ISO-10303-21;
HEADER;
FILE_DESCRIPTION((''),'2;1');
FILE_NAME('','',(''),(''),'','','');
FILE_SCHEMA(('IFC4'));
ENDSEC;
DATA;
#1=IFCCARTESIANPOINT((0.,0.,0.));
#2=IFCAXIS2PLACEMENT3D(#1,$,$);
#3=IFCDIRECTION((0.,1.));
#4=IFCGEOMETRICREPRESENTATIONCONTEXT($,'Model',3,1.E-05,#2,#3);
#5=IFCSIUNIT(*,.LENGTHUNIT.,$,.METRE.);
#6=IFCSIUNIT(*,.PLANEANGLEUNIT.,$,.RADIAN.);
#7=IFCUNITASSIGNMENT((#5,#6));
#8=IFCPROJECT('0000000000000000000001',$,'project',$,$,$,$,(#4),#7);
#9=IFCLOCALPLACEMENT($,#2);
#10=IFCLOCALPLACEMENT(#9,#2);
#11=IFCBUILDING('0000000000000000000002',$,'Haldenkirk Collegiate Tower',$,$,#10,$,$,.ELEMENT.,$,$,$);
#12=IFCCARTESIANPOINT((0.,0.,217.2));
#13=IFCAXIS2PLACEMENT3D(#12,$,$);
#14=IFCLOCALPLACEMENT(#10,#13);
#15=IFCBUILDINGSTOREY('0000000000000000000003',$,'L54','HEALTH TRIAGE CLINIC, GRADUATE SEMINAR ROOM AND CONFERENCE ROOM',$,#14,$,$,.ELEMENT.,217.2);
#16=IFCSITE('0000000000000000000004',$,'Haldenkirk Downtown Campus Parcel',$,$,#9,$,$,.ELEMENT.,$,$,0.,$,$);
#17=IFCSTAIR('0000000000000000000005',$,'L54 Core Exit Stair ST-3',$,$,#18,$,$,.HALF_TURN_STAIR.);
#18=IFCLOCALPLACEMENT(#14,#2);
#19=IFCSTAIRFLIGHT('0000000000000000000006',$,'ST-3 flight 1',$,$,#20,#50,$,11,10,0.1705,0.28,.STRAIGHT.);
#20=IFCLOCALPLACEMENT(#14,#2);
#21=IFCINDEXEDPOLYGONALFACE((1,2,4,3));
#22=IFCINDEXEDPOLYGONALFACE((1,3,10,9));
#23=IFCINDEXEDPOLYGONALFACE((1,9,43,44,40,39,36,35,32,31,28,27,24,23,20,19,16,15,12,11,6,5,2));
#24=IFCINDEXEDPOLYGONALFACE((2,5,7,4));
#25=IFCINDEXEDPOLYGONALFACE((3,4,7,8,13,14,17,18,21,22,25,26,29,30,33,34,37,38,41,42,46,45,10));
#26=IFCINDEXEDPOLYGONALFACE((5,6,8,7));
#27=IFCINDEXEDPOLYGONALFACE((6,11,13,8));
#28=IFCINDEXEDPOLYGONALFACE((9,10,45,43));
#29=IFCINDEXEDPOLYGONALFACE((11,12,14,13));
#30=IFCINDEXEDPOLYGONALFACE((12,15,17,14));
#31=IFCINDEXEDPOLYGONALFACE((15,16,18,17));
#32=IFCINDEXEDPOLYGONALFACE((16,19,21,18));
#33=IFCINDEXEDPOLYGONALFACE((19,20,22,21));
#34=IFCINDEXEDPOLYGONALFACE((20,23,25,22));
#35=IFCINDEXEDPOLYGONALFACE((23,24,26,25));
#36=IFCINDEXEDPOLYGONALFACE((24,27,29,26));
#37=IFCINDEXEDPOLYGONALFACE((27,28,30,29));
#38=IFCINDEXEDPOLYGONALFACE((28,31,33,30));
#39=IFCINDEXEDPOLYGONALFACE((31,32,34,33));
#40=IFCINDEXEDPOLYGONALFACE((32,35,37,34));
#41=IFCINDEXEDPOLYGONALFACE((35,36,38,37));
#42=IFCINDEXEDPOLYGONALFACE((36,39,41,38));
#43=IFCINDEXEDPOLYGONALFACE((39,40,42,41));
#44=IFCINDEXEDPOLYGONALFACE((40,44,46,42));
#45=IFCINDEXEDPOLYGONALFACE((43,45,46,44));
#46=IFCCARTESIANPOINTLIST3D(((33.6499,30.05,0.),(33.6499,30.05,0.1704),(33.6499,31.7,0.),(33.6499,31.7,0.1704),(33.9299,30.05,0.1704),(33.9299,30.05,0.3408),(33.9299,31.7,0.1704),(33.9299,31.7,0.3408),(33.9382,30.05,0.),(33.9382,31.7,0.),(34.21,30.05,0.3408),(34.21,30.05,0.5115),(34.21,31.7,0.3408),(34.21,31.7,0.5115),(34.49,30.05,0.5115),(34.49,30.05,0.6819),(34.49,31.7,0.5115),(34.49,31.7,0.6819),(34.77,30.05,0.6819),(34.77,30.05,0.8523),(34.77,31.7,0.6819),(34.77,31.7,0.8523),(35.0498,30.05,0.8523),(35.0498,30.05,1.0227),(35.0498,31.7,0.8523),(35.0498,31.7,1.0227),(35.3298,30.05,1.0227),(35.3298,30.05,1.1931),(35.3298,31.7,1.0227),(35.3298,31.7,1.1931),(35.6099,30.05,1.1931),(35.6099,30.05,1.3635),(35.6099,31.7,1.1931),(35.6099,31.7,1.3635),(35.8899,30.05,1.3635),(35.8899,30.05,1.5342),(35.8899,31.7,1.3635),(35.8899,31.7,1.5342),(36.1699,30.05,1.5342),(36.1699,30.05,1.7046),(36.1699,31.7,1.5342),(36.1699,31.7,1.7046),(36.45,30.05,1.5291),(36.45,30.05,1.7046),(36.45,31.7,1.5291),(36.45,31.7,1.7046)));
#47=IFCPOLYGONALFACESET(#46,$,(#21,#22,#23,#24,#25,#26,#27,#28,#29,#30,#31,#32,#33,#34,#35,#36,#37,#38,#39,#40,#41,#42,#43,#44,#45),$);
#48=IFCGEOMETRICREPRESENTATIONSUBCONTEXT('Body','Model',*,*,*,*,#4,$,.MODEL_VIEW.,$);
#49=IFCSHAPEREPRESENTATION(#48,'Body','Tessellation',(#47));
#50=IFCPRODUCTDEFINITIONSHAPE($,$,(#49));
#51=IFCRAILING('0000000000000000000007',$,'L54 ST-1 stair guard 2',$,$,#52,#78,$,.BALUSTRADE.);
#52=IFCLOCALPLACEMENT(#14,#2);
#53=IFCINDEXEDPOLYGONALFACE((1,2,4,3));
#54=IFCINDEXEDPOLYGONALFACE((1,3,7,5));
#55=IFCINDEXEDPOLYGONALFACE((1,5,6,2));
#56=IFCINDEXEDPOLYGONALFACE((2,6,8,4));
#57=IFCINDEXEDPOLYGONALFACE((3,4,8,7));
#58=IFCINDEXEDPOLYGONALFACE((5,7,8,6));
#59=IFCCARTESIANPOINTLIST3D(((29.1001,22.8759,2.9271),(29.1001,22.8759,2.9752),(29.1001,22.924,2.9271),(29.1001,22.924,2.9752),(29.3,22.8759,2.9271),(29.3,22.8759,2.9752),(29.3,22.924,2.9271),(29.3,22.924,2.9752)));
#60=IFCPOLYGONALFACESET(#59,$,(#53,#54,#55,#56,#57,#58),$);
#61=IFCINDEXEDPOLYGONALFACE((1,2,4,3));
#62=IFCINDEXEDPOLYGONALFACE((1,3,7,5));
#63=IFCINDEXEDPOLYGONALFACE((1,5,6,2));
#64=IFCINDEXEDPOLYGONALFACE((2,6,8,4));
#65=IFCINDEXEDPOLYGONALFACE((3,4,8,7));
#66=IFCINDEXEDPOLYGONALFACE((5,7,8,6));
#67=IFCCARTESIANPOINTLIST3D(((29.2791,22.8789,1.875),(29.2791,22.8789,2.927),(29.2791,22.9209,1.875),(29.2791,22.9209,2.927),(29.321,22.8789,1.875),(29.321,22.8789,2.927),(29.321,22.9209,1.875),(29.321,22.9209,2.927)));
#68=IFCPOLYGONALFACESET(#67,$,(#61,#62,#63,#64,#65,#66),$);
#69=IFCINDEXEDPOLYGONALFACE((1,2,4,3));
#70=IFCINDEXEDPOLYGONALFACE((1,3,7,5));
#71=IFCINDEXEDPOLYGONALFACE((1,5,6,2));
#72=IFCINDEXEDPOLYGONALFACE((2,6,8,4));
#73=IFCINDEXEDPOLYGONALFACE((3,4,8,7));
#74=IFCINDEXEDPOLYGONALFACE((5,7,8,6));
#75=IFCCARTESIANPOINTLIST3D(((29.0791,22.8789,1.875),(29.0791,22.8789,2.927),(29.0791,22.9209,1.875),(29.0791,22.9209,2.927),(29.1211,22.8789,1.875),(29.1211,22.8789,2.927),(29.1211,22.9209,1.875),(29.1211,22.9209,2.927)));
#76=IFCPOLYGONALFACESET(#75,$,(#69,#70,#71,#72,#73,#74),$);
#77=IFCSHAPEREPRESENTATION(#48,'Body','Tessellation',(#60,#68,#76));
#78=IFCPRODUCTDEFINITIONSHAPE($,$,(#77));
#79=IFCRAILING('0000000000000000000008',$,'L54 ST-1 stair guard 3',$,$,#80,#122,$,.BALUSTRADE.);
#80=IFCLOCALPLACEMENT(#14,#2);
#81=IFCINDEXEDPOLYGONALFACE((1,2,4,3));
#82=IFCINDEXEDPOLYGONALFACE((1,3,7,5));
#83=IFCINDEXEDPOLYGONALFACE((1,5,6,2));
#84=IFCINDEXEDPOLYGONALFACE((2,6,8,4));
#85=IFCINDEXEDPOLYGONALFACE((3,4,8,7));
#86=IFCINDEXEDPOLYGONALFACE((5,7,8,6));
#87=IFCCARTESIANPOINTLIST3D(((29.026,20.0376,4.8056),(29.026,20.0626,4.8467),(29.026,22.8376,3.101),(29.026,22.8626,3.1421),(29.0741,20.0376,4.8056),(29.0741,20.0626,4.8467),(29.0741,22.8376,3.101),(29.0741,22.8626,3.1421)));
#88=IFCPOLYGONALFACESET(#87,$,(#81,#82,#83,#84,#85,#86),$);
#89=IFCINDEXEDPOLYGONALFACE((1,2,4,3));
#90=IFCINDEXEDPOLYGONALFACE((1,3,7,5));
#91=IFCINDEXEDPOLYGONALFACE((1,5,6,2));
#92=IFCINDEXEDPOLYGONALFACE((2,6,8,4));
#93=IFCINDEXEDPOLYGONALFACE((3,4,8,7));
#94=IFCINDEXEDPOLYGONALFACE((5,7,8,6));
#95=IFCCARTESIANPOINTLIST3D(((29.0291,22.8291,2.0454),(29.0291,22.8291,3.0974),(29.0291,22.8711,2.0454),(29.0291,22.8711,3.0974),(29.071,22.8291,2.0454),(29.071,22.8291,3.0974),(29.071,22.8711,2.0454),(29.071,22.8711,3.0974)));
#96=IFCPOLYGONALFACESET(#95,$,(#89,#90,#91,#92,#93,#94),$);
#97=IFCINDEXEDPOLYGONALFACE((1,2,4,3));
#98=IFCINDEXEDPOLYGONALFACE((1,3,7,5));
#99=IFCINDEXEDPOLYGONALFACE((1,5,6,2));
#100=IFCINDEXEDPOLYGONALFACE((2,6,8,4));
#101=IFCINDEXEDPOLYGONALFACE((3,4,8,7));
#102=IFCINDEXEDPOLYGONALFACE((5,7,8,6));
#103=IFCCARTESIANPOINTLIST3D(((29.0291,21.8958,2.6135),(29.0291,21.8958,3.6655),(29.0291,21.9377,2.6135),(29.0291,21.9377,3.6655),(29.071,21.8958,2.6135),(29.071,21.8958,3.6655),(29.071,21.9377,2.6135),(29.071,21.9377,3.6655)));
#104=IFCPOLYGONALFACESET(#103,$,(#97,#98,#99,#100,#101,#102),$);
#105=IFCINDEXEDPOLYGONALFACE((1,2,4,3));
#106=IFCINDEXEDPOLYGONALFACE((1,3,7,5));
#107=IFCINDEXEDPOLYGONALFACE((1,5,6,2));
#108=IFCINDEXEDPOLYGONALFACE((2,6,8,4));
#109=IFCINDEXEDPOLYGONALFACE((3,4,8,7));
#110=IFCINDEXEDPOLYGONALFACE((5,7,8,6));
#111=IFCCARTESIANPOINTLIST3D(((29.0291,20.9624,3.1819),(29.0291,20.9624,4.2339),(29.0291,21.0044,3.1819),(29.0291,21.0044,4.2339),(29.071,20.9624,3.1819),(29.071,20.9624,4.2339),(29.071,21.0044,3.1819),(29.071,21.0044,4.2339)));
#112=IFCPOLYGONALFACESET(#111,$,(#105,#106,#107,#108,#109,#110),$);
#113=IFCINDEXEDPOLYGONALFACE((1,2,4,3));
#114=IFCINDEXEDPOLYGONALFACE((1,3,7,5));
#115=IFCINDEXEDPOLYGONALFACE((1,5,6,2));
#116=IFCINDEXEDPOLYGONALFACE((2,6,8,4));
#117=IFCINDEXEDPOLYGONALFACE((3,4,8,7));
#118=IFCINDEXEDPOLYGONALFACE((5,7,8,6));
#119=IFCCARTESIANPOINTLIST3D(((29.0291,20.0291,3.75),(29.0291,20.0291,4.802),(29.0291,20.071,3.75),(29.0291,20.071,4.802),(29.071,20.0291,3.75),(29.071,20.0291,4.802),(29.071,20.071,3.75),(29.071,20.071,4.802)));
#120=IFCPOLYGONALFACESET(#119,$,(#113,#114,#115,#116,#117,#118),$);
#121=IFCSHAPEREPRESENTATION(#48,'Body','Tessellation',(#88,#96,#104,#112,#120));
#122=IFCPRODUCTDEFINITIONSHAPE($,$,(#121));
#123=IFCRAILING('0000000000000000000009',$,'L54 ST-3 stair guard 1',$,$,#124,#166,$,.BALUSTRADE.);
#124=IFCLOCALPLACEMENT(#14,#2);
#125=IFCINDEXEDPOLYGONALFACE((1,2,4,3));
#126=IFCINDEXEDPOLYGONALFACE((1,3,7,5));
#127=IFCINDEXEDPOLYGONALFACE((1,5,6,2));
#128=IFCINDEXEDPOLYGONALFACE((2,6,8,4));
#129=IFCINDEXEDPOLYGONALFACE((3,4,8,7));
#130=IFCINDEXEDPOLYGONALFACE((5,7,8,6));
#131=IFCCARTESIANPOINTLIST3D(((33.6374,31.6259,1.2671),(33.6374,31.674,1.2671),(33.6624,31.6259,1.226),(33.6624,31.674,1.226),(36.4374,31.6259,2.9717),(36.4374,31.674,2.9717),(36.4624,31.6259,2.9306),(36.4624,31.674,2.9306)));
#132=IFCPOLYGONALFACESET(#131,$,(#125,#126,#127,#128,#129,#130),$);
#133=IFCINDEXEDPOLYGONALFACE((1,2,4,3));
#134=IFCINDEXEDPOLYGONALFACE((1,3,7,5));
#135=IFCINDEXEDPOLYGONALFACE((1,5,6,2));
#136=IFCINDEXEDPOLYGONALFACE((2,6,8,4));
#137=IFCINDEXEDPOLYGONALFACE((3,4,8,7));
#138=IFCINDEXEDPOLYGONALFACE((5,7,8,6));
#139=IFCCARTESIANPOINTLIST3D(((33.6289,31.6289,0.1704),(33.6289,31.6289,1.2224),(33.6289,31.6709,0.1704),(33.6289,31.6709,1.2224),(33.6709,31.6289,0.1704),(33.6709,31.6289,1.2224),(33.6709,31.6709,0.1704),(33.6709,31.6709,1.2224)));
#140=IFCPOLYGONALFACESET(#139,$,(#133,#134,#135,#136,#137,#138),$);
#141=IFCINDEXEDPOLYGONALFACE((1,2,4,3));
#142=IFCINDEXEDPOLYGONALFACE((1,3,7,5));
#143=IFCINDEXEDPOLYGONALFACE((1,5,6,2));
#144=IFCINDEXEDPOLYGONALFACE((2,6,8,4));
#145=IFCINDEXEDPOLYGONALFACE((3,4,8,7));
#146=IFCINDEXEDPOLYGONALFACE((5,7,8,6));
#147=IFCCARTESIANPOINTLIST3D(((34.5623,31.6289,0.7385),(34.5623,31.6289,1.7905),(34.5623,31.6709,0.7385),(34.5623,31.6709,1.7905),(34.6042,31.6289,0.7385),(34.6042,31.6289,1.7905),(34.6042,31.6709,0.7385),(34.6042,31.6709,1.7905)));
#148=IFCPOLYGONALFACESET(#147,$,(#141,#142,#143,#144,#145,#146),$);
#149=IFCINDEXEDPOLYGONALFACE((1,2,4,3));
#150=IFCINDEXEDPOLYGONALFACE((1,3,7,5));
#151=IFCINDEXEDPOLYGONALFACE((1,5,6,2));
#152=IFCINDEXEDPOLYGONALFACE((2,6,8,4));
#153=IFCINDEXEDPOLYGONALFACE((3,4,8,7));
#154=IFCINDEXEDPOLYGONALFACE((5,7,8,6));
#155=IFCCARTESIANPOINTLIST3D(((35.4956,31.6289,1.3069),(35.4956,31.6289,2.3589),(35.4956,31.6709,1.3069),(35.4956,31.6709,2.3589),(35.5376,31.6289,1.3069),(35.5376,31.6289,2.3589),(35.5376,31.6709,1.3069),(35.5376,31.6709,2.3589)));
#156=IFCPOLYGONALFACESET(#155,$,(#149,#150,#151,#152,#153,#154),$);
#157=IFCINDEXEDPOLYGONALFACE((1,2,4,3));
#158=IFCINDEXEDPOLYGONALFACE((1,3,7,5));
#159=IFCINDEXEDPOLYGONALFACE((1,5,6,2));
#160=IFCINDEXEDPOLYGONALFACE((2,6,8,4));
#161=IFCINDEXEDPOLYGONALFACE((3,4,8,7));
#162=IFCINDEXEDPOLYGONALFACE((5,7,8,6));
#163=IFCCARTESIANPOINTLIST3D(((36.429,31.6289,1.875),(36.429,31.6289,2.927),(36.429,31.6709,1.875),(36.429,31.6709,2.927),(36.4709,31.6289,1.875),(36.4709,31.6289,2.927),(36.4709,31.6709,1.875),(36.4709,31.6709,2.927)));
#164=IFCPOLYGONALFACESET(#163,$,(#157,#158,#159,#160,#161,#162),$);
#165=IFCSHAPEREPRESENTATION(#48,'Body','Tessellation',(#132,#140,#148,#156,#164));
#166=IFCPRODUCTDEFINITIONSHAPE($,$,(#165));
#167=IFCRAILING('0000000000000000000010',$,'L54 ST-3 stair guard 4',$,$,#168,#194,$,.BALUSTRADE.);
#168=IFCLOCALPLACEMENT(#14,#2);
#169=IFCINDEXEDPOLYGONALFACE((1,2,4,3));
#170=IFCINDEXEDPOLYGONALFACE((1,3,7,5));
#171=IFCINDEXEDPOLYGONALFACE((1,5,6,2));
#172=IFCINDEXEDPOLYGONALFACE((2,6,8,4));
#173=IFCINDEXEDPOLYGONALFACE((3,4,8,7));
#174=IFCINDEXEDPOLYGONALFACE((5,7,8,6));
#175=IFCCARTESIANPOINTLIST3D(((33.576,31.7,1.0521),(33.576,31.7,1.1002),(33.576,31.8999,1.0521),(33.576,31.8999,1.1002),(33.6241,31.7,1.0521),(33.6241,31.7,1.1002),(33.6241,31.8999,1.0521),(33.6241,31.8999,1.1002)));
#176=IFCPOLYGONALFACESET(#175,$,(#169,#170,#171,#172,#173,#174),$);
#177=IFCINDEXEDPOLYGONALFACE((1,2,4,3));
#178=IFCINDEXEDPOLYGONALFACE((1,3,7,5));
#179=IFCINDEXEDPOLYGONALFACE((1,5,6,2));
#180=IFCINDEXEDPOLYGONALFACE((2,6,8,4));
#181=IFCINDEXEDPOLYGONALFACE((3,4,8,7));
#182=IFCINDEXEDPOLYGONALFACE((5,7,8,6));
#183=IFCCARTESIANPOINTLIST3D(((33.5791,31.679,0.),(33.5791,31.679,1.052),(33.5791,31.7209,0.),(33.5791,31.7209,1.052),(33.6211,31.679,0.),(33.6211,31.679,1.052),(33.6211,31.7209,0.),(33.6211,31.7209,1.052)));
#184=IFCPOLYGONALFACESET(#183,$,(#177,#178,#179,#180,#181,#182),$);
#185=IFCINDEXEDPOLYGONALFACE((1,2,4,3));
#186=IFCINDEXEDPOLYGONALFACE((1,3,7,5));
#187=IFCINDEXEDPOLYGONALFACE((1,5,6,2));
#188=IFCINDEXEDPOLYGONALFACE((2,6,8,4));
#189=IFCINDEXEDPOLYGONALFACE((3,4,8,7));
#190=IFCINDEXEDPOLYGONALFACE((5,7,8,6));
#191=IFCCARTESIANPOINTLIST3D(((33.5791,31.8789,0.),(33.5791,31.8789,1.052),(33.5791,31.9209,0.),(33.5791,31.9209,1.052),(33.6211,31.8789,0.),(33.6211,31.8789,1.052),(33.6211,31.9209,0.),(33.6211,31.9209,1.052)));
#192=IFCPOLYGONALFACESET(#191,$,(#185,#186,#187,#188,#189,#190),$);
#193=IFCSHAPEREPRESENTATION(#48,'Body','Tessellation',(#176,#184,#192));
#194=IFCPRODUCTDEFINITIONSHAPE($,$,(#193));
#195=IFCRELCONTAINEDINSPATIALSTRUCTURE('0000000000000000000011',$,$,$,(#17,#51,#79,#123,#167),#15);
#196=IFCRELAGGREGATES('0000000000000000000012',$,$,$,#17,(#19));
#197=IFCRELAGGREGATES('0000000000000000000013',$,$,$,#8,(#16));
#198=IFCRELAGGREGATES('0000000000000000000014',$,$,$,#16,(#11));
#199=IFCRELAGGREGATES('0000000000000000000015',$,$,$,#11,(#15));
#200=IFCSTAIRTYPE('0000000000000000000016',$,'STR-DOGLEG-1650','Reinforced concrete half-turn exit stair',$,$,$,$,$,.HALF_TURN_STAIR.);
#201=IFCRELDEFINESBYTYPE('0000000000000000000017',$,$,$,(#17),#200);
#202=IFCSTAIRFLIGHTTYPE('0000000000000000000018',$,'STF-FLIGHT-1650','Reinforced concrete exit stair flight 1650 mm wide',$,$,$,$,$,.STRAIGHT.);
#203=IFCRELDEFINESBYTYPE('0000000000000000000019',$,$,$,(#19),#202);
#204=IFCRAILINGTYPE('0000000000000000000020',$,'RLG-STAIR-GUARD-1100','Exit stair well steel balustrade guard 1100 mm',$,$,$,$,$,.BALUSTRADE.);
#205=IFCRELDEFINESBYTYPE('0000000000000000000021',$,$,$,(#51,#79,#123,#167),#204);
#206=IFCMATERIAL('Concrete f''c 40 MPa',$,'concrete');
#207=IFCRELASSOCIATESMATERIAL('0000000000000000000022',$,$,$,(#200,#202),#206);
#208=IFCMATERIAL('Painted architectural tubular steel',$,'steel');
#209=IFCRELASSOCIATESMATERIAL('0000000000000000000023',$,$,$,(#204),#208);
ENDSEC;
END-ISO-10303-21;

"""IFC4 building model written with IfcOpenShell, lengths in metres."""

from ifc_helpers import new_model, si_unit, direction, frame, origin, origin_2d, place, context, subcontext, project, spatial, polyline, rectangle, outline, extrude, material, type_object, element, aggregate, save


model = new_model("IFC4")

# Units and contexts
model_context = context("Model", 3, precision=1e-05, world=origin(), true_north=direction((0.0, 1.0)))
body_context = subcontext(model_context, "Body", "Model", "MODEL_VIEW")
ifc_project = project(units=[si_unit("LENGTHUNIT", "METRE"), si_unit("PLANEANGLEUNIT", "RADIAN")], contexts=[model_context])

# Site, building, storey
site_placement = place(None, origin())
site = spatial("IfcSite", under=ifc_project, at=site_placement, Name="Haldenkirk Downtown Campus Parcel", CompositionType="ELEMENT", RefElevation=0.0)
building_placement = place(site_placement, origin())
building = spatial("IfcBuilding", under=site, at=building_placement, Name="Haldenkirk Collegiate Tower", CompositionType="ELEMENT")
storey_placement = place(building_placement, frame((0.0, 0.0, 217.2)))
storey = spatial("IfcBuildingStorey", under=building, at=storey_placement, Name="L54", Description="HEALTH TRIAGE CLINIC, GRADUATE SEMINAR ROOM AND CONFERENCE ROOM", CompositionType="ELEMENT", Elevation=217.2)

# Stair, stair flight
ifc_material_1 = material(Name="Concrete f'c 40 MPa", Category="concrete")
stair_type = type_object("IfcStairType", Name="STR-DOGLEG-1650", Description="Reinforced concrete half-turn exit stair", PredefinedType="HALF_TURN_STAIR", material=ifc_material_1)
stair_flight_type = type_object("IfcStairFlightType", Name="STF-FLIGHT-1650", Description="Reinforced concrete exit stair flight 1650 mm wide", PredefinedType="STRAIGHT", material=ifc_material_1)
stair_1_placement = place(storey_placement, origin())
stair_1 = element("IfcStair", 1, at=stair_1_placement, inside=storey, type_object=stair_type, Name="L54 Core Exit Stair ST-3", PredefinedType="HALF_TURN_STAIR")
stair_flight_1_placement = place(storey_placement, frame((33.6499, 30.875, 0.0), z_axis=(0.0, 0.0, 1.0), x_axis=(1.0, 0.0, 0.0)))
stair_flight_1 = element("IfcStairFlight", 2, at=stair_flight_1_placement, type_object=stair_flight_type, Name="ST-3 flight 1", NumberOfRisers=11, NumberOfTreads=10, PredefinedType="STRAIGHT", RiserHeight=0.1705, TreadLength=0.28, context=body_context, shape_type="SweptSolid", body=[
    extrude(outline(polyline([(0.0, 0.0), (0.0, 0.1704), (0.28, 0.1704), (0.28, 0.3408), (0.5601, 0.3408), (0.5601, 0.5115), (0.8401, 0.5115), (0.8401, 0.6819), (1.1201, 0.6819), (1.1201, 0.8523), (1.3999, 0.8523), (1.3999, 1.0227), (1.6799, 1.0227), (1.6799, 1.1931), (1.96, 1.1931), (1.96, 1.3635), (2.24, 1.3635), (2.24, 1.5342), (2.52, 1.5342), (2.52, 1.7046), (2.8, 1.7046), (2.8, 1.875), (2.8, 1.5291), (0.2883, 0.0), (0.0, 0.0)])), frame((0.0, 0.825, 0.0), z_axis=(0.0, -1.0, 0.0), x_axis=(1.0, 0.0, 0.0)), (0.0, 0.0, 1.0), 1.6499),
])
aggregate(stair_1, [stair_flight_1])

# Railings
ifc_material_2 = material(Name="Painted architectural tubular steel", Category="steel")
railing_type_1 = type_object("IfcRailingType", Name="RLG-STAIR-GUARD-1100", Description="Exit stair well steel balustrade guard 1100 mm", PredefinedType="BALUSTRADE", material=ifc_material_2)
railing_1_placement = place(storey_placement, frame((29.3, 22.8999, 1.875)))
element("IfcRailing", 3, at=railing_1_placement, inside=storey, type_object=railing_type_1, Name="L54 ST-1 stair guard 2", PredefinedType="BALUSTRADE", context=body_context, shape_type="SweptSolid", body=[
    extrude(rectangle(XDim=0.0481, YDim=0.0481, at=origin_2d()), frame((0.0, 0.0, 1.0762), z_axis=(-1.0, 0.0, 0.0), x_axis=(0.0, -1.0, 0.0)), (0.0, 0.0, 1.0), 0.2),
    extrude(rectangle(XDim=0.042, YDim=0.042, at=origin_2d()), origin(), (0.0, 0.0, 1.0), 1.052),
    extrude(rectangle(XDim=0.042, YDim=0.042, at=origin_2d()), frame((-0.2, 0.0, 0.0)), (0.0, 0.0, 1.0), 1.052),
])
railing_2_placement = place(storey_placement, frame((29.05, 22.8501, 2.0454)))
element("IfcRailing", 4, at=railing_2_placement, inside=storey, type_object=railing_type_1, Name="L54 ST-1 stair guard 3", PredefinedType="BALUSTRADE", context=body_context, shape_type="SweptSolid", body=[
    extrude(rectangle(XDim=0.0481, YDim=0.0481, at=origin_2d()), frame((0.0, 0.0, 1.0762), z_axis=(0.0, -0.85417, 0.519994), x_axis=(1.0, 0.0, 0.0)), (0.0, 0.0, 1.0), 3.2781),
    extrude(rectangle(XDim=0.042, YDim=0.042, at=origin_2d()), origin(), (0.0, 0.0, 1.0), 1.052),
    extrude(rectangle(XDim=0.042, YDim=0.042, at=origin_2d()), frame((0.0, -0.9333, 0.5681)), (0.0, 0.0, 1.0), 1.052),
    extrude(rectangle(XDim=0.042, YDim=0.042, at=origin_2d()), frame((0.0, -1.8667, 1.1365)), (0.0, 0.0, 1.0), 1.052),
    extrude(rectangle(XDim=0.042, YDim=0.042, at=origin_2d()), frame((0.0, -2.8, 1.7046)), (0.0, 0.0, 1.0), 1.052),
])
railing_3_placement = place(storey_placement, frame((33.6499, 31.6499, 0.1704)))
element("IfcRailing", 5, at=railing_3_placement, inside=storey, type_object=railing_type_1, Name="L54 ST-3 stair guard 1", PredefinedType="BALUSTRADE", context=body_context, shape_type="SweptSolid", body=[
    extrude(rectangle(XDim=0.0481, YDim=0.0481, at=origin_2d()), frame((0.0, 0.0, 1.0762), z_axis=(0.85417, 0.0, 0.519994), x_axis=(0.0, 1.0, 0.0)), (0.0, 0.0, 1.0), 3.2781),
    extrude(rectangle(XDim=0.042, YDim=0.042, at=origin_2d()), origin(), (0.0, 0.0, 1.0), 1.052),
    extrude(rectangle(XDim=0.042, YDim=0.042, at=origin_2d()), frame((0.9333, 0.0, 0.5681)), (0.0, 0.0, 1.0), 1.052),
    extrude(rectangle(XDim=0.042, YDim=0.042, at=origin_2d()), frame((1.8667, 0.0, 1.1365)), (0.0, 0.0, 1.0), 1.052),
    extrude(rectangle(XDim=0.042, YDim=0.042, at=origin_2d()), frame((2.8, 0.0, 1.7046)), (0.0, 0.0, 1.0), 1.052),
])
railing_4_placement = place(storey_placement, frame((33.6001, 31.7, 0.0)))
element("IfcRailing", 6, at=railing_4_placement, inside=storey, type_object=railing_type_1, Name="L54 ST-3 stair guard 4", PredefinedType="BALUSTRADE", context=body_context, shape_type="SweptSolid", body=[
    extrude(rectangle(XDim=0.0481, YDim=0.0481, at=origin_2d()), frame((0.0, 0.0, 1.0762), z_axis=(0.0, 1.0, 0.0), x_axis=(-1.0, 0.0, 0.0)), (0.0, 0.0, 1.0), 0.2),
    extrude(rectangle(XDim=0.042, YDim=0.042, at=origin_2d()), origin(), (0.0, 0.0, 1.0), 1.052),
    extrude(rectangle(XDim=0.042, YDim=0.042, at=origin_2d()), frame((0.0, 0.2, 0.0)), (0.0, 0.0, 1.0), 1.052),
])

save(model, "model.ifc")
